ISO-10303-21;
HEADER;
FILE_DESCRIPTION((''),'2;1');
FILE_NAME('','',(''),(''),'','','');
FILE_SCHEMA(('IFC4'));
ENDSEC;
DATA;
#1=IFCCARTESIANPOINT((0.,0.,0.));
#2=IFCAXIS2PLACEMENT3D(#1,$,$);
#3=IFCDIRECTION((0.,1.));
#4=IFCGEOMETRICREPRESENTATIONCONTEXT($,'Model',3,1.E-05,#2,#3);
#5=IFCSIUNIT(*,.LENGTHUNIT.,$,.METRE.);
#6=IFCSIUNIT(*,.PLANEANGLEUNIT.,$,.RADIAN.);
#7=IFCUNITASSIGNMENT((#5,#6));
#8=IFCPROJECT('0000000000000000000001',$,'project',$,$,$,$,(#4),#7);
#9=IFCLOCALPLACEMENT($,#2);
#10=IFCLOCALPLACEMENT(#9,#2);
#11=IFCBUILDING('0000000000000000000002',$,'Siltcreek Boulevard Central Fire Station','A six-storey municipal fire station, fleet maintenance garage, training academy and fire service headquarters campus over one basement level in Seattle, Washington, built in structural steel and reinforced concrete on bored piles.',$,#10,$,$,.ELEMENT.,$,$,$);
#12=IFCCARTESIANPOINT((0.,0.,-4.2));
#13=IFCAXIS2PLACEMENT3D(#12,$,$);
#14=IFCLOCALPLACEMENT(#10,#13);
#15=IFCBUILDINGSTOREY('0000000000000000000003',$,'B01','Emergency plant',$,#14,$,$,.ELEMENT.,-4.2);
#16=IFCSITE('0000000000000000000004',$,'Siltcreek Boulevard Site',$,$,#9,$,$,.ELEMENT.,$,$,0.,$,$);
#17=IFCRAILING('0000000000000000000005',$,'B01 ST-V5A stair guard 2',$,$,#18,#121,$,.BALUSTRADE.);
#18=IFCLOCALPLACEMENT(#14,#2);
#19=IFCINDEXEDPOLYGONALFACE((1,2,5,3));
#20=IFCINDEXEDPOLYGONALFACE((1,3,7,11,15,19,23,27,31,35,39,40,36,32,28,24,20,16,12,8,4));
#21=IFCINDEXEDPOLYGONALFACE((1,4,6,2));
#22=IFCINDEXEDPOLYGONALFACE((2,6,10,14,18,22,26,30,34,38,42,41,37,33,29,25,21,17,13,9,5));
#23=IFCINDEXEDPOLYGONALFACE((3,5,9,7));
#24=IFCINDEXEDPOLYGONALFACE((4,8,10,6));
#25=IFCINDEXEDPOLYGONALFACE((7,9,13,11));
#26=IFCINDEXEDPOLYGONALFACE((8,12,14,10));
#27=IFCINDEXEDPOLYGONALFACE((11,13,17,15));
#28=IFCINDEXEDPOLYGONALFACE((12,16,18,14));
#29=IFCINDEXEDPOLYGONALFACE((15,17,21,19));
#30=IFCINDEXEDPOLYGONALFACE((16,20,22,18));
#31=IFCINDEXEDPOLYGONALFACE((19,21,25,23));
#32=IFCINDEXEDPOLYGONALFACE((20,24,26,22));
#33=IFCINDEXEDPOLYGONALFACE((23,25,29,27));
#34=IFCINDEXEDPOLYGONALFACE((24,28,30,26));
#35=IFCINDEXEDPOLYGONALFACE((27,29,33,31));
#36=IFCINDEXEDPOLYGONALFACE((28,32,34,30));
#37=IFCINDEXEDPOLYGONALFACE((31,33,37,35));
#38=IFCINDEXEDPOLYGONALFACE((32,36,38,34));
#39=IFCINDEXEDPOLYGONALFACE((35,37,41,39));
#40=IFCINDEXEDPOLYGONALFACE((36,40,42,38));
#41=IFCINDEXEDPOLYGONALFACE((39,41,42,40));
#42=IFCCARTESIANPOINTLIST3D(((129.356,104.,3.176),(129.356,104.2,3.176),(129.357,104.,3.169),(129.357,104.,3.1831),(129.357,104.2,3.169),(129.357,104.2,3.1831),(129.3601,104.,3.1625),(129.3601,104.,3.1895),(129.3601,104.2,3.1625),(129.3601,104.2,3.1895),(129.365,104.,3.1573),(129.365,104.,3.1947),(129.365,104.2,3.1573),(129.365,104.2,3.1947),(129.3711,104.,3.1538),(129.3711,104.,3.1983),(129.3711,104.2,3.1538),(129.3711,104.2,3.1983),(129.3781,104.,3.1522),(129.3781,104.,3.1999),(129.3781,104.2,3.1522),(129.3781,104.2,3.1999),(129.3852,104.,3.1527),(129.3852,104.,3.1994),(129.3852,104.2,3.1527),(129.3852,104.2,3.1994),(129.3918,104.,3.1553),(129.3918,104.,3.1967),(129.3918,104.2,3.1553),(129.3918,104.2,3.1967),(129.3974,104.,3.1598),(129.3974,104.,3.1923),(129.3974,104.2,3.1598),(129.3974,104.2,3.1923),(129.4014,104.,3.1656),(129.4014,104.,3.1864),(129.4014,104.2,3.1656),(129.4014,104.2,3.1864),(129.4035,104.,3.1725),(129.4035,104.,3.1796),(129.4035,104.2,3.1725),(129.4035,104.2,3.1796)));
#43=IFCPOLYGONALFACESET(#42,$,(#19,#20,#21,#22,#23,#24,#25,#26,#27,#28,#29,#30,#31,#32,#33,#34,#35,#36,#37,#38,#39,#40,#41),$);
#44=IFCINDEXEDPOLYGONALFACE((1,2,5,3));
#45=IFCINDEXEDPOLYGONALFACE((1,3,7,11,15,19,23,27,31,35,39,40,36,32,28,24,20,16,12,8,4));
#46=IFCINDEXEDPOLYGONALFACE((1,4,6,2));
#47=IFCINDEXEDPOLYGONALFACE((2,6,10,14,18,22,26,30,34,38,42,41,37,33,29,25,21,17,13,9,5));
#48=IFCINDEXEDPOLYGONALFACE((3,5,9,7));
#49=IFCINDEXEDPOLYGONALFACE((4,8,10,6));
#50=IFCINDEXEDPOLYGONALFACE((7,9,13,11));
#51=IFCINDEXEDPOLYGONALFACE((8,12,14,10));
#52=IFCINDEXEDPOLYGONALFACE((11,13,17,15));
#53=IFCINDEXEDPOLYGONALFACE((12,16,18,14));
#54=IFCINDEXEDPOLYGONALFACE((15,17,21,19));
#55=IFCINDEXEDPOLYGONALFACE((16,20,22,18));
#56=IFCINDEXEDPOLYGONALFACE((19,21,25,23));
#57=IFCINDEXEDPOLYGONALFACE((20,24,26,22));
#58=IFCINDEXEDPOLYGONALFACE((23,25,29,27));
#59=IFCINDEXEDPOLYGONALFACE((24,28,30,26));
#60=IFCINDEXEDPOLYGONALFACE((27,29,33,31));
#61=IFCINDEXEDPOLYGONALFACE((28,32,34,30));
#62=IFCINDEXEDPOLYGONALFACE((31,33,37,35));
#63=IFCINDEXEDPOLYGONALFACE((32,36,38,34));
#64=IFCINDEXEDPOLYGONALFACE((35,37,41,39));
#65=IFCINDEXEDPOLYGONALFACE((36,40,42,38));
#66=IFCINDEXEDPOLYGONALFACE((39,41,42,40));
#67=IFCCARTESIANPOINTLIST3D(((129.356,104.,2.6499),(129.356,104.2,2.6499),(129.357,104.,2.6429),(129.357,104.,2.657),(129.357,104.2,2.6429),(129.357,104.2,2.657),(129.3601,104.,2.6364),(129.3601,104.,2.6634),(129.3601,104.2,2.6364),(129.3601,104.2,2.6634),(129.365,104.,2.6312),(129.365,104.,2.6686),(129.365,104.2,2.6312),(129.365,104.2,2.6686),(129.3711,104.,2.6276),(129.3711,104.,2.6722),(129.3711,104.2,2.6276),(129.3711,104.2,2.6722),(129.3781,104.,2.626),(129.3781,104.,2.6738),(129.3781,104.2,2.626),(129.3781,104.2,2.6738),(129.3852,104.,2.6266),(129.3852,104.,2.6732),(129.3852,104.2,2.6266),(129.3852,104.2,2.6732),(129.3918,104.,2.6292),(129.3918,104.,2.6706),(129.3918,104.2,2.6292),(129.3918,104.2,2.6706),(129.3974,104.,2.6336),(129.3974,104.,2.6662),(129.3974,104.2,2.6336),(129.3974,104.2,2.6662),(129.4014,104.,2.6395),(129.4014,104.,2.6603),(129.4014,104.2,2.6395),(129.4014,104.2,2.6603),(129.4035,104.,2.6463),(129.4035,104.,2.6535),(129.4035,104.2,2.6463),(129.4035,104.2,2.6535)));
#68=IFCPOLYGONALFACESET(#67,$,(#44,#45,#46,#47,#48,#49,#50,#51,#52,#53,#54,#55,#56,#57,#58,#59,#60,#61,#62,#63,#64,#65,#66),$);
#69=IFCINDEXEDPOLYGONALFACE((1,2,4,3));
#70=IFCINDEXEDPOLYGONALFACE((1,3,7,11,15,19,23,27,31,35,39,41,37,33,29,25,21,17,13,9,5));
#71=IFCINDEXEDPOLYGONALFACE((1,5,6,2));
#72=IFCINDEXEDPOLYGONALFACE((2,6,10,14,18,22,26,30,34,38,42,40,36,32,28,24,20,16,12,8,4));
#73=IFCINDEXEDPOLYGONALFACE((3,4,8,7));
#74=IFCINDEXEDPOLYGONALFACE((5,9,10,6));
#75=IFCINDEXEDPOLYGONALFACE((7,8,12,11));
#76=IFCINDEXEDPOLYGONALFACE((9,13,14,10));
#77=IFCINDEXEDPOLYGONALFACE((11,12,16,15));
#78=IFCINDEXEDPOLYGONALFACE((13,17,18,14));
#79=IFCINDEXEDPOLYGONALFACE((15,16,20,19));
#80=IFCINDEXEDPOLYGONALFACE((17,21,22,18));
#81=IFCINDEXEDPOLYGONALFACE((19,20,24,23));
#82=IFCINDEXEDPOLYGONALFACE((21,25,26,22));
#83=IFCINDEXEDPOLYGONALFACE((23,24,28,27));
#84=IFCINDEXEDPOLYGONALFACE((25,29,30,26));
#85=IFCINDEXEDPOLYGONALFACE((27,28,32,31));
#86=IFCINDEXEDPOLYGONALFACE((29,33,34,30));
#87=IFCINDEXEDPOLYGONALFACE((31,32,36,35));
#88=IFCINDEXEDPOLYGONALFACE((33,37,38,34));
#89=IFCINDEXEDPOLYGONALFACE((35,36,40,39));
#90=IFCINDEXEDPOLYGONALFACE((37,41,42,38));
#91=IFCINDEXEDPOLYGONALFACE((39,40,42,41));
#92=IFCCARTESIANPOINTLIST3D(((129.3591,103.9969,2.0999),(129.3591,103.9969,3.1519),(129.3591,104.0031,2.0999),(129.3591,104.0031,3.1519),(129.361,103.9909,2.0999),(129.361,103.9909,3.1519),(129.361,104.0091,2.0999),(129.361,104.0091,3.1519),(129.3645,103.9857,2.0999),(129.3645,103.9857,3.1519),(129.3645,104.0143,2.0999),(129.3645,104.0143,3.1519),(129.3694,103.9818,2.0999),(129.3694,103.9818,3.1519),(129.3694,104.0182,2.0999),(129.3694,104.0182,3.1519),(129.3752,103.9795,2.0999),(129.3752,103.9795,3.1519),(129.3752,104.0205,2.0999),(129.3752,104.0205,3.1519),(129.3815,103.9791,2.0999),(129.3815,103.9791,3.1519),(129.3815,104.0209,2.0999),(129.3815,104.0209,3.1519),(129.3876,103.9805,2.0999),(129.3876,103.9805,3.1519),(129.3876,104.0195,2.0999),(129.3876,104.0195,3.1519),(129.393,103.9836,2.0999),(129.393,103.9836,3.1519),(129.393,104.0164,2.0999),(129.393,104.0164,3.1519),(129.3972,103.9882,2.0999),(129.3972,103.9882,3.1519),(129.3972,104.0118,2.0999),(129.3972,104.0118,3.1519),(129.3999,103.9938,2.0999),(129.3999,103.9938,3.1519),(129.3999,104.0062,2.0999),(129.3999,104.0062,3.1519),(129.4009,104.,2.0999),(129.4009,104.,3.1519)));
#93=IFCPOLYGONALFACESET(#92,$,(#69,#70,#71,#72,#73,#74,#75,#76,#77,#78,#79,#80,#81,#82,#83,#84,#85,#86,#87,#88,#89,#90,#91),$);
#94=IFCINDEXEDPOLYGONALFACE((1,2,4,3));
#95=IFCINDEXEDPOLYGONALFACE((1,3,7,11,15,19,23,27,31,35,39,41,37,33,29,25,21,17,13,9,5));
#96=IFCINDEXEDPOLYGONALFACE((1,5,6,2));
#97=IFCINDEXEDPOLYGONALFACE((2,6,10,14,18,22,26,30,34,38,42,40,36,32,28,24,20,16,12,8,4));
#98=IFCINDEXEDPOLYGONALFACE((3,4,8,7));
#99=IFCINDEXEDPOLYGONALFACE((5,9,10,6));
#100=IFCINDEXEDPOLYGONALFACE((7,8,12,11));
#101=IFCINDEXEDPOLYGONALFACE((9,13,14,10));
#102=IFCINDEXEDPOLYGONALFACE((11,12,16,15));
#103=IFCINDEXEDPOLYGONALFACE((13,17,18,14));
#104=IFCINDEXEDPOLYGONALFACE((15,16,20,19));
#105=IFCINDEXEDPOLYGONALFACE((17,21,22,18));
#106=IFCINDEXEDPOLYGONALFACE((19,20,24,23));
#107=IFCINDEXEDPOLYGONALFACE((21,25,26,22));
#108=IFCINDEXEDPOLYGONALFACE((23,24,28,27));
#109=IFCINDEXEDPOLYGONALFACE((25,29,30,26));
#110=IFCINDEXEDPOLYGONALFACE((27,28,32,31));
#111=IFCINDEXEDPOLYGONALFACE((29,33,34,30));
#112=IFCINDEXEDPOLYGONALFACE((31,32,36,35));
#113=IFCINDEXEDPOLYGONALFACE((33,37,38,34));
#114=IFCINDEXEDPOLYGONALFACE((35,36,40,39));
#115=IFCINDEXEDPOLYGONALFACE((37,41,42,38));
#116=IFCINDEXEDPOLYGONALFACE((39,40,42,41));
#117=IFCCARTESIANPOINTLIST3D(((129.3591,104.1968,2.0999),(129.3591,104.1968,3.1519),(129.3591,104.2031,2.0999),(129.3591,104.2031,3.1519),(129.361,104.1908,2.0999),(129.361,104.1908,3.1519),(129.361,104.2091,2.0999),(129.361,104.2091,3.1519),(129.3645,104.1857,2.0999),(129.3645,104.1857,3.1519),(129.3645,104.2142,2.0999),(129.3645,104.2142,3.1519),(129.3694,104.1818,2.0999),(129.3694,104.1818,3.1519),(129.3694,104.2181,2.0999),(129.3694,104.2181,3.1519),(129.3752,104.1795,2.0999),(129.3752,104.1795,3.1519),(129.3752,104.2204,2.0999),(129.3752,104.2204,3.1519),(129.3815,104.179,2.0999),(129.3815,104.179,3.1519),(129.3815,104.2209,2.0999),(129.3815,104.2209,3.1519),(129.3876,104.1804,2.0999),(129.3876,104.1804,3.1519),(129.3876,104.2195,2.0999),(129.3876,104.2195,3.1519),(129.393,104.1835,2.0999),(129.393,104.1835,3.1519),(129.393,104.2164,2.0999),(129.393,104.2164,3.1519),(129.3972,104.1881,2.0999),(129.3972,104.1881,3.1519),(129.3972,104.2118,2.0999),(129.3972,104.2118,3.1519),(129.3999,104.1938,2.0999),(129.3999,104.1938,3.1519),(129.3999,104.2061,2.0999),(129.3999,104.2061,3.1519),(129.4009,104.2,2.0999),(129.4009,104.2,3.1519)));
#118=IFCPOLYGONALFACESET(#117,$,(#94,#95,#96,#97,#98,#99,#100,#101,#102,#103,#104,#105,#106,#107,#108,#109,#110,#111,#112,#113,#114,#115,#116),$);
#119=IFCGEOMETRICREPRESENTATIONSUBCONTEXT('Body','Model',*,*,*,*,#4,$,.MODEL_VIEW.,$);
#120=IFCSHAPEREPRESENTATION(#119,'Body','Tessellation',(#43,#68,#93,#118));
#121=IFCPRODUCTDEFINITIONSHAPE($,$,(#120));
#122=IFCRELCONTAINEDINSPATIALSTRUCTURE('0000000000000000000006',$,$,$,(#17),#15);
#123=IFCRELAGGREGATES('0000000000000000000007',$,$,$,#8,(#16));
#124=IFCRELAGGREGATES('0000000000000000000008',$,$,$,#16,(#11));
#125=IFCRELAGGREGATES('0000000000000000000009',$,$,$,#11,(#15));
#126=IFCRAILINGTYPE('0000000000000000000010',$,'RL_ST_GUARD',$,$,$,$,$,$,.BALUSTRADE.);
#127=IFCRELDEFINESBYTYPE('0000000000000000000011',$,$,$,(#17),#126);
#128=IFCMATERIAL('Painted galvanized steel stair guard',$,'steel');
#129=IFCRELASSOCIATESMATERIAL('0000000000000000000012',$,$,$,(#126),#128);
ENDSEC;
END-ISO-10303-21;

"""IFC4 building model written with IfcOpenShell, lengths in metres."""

from ifc_helpers import new_model, si_unit, direction, frame, origin, origin_2d, place, context, subcontext, project, spatial, circle, extrude, material, type_object, element, save


model = new_model("IFC4")

# Units and contexts
model_context = context("Model", 3, precision=1e-05, world=origin(), true_north=direction((0.0, 1.0)))
body_context = subcontext(model_context, "Body", "Model", "MODEL_VIEW")
ifc_project = project(units=[si_unit("LENGTHUNIT", "METRE"), si_unit("PLANEANGLEUNIT", "RADIAN")], contexts=[model_context])

# Site, building, storey
site_placement = place(None, origin())
site = spatial("IfcSite", under=ifc_project, at=site_placement, Name="Siltcreek Boulevard Site", CompositionType="ELEMENT", RefElevation=0.0)
building_placement = place(site_placement, origin())
building = spatial("IfcBuilding", under=site, at=building_placement, Name="Siltcreek Boulevard Central Fire Station", Description="A six-storey municipal fire station, fleet maintenance garage, training academy and fire service headquarters campus over one basement level in Seattle, Washington, built in structural steel and reinforced concrete on bored piles.", CompositionType="ELEMENT")
storey_placement = place(building_placement, frame((0.0, 0.0, -4.2)))
storey = spatial("IfcBuildingStorey", under=building, at=storey_placement, Name="B01", Description="Emergency plant", CompositionType="ELEMENT", Elevation=-4.2)

# Railing
ifc_material_1 = material(Name="Painted galvanized steel stair guard", Category="steel")
railing_type_1 = type_object("IfcRailingType", Name="RL_ST_GUARD", PredefinedType="BALUSTRADE", material=ifc_material_1)
railing_1_placement = place(storey_placement, frame((129.3799, 104.0, 2.0999)))
element("IfcRailing", 1, at=railing_1_placement, inside=storey, type_object=railing_type_1, Name="B01 ST-V5A stair guard 2", PredefinedType="BALUSTRADE", context=body_context, shape_type="SweptSolid", body=[
    extrude(circle(Radius=0.0239, at=origin_2d()), frame((0.0, 0.0, 1.0762), z_axis=(0.0, 1.0, 0.0), x_axis=(-1.0, 0.0, 0.0)), (0.0, 0.0, 1.0), 0.2),
    extrude(circle(Radius=0.0239, at=origin_2d()), frame((0.0, 0.0, 0.55), z_axis=(0.0, 1.0, 0.0), x_axis=(-1.0, 0.0, 0.0)), (0.0, 0.0, 1.0), 0.2),
    extrude(circle(Radius=0.021, at=origin_2d()), origin(), (0.0, 0.0, 1.0), 1.052),
    extrude(circle(Radius=0.021, at=origin_2d()), frame((0.0, 0.2, 0.0)), (0.0, 0.0, 1.0), 1.052),
])

save(model, "model.ifc")
